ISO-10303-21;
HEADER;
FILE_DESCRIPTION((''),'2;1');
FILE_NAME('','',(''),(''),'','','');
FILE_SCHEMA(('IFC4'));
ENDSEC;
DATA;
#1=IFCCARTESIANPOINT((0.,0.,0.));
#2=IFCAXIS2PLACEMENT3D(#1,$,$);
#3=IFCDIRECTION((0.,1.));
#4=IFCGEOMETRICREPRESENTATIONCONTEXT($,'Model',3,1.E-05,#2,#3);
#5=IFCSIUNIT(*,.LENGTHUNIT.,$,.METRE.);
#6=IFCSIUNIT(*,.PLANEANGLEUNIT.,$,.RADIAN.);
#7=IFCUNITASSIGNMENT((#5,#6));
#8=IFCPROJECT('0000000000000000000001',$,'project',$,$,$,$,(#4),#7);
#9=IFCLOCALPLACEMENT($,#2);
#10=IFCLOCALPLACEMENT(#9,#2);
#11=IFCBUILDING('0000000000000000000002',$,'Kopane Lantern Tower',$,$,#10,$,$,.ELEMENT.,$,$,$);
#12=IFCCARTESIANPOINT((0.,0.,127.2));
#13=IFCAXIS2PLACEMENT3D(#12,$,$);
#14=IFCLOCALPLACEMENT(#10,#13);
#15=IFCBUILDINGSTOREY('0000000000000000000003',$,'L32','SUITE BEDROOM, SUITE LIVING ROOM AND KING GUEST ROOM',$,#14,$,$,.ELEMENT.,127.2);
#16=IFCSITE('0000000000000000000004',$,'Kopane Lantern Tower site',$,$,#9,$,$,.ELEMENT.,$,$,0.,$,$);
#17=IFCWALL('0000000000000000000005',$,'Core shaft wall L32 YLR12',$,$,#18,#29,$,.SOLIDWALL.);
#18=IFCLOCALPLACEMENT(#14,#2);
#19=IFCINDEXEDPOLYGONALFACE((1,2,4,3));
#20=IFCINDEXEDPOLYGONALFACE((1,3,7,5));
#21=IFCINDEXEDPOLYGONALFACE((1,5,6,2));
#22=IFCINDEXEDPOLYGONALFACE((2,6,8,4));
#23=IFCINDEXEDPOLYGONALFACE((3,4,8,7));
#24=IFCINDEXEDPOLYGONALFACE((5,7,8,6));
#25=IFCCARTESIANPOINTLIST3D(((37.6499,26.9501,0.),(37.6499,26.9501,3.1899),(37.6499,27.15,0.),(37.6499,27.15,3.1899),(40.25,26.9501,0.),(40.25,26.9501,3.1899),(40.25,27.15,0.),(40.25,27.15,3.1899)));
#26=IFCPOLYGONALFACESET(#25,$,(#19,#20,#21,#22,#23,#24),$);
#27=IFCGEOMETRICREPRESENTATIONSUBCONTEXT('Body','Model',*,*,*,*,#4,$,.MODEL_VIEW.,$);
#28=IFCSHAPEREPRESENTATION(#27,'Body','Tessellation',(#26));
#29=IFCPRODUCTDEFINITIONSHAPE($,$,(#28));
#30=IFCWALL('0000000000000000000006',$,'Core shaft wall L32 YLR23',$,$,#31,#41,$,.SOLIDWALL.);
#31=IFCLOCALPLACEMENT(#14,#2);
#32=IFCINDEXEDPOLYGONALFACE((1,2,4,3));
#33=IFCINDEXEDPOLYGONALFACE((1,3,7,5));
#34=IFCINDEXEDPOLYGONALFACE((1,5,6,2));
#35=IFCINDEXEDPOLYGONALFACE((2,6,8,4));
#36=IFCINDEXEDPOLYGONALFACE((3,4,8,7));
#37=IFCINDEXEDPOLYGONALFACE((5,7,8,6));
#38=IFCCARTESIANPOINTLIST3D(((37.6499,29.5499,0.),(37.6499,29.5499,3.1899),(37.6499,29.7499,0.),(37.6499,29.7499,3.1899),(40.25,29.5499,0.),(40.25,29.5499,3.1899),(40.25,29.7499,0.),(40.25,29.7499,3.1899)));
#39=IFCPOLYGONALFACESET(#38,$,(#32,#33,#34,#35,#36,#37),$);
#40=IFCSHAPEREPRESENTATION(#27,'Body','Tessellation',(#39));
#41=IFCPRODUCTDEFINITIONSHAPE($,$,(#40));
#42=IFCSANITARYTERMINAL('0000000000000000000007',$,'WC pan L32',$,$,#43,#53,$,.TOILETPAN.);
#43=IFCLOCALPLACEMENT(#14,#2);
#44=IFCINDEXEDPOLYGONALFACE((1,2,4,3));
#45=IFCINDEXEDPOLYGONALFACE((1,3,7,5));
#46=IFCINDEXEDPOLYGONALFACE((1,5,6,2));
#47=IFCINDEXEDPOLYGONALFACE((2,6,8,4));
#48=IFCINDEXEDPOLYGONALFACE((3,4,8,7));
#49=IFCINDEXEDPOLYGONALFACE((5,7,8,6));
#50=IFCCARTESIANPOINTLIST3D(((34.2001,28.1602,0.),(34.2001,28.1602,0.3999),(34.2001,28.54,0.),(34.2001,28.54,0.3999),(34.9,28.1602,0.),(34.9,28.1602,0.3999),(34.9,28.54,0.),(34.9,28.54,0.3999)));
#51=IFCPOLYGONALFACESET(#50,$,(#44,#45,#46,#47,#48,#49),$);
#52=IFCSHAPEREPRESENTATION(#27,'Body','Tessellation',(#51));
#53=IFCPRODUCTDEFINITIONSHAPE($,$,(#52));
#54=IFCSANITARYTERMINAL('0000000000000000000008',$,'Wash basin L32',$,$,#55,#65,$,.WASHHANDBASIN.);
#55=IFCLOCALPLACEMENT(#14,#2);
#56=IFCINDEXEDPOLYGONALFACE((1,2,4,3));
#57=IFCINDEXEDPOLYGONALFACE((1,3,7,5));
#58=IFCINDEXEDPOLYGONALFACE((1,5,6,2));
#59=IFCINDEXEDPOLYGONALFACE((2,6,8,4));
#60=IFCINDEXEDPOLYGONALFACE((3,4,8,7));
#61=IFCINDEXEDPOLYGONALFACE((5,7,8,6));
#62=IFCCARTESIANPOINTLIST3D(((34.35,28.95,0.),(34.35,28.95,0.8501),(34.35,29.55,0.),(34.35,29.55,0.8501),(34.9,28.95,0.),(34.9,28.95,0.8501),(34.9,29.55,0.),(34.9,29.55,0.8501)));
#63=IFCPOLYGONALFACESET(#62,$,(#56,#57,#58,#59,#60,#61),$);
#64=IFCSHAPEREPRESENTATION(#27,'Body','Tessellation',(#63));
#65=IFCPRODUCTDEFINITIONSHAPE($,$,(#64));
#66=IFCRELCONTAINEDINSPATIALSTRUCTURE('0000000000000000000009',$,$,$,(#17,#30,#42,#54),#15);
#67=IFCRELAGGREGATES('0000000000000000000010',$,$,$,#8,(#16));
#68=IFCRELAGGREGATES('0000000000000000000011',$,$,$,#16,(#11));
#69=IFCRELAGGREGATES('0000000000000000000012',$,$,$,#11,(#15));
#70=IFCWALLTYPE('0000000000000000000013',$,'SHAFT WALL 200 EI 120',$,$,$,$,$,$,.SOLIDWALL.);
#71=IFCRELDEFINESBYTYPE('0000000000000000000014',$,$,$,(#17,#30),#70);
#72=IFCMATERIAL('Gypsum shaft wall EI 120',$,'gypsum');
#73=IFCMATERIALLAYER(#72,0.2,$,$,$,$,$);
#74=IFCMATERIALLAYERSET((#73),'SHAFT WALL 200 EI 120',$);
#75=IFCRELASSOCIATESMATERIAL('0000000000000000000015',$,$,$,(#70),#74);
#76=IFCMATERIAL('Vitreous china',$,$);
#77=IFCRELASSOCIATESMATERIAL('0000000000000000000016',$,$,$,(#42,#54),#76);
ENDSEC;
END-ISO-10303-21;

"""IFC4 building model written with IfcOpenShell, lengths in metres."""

from ifc_helpers import new_model, si_unit, direction, frame, frame_2d, origin, origin_2d, place, context, subcontext, project, spatial, rectangle, extrude, material, layer, layer_set, type_object, element, save


model = new_model("IFC4")

# Units and contexts
model_context = context("Model", 3, precision=1e-05, world=origin(), true_north=direction((0.0, 1.0)))
body_context = subcontext(model_context, "Body", "Model", "MODEL_VIEW")
ifc_project = project(units=[si_unit("LENGTHUNIT", "METRE"), si_unit("PLANEANGLEUNIT", "RADIAN")], contexts=[model_context])

# Site, building, storey
site_placement = place(None, origin())
site = spatial("IfcSite", under=ifc_project, at=site_placement, Name="Kopane Lantern Tower site", CompositionType="ELEMENT", RefElevation=0.0)
building_placement = place(site_placement, origin())
building = spatial("IfcBuilding", under=site, at=building_placement, Name="Kopane Lantern Tower", CompositionType="ELEMENT")
storey_placement = place(building_placement, frame((0.0, 0.0, 127.2)))
storey = spatial("IfcBuildingStorey", under=building, at=storey_placement, Name="L32", Description="SUITE BEDROOM, SUITE LIVING ROOM AND KING GUEST ROOM", CompositionType="ELEMENT", Elevation=127.2)

# Walls
ifc_material_1 = material(Name="Gypsum shaft wall EI 120", Category="gypsum")
ifc_layer_1 = layer(ifc_material_1, 0.2)
ifc_layer_set_1 = layer_set([ifc_layer_1], Name="SHAFT WALL 200 EI 120")
wall_type_1 = type_object("IfcWallType", Name="SHAFT WALL 200 EI 120", PredefinedType="SOLIDWALL", material=ifc_layer_set_1)
for number, where, z_axis, x_axis, name in (
    (1, (37.6499, 27.05, 0.0), (0.0, 0.0, 1.0), (1.0, 0.0, 0.0), "Core shaft wall L32 YLR12"),
    (2, (37.6499, 29.6499, 0.0), (0.0, 0.0, 1.0), (1.0, 0.0, 0.0), "Core shaft wall L32 YLR23"),
):
    element("IfcWall", number, at=place(storey_placement, frame(where, z_axis=z_axis, x_axis=x_axis)), inside=storey, type_object=wall_type_1, Name=name, PredefinedType="SOLIDWALL", context=body_context, shape_type="SweptSolid", body=[
        extrude(rectangle(XDim=2.6001, YDim=0.2, at=frame_2d((1.3, 0.0))), origin(), (0.0, 0.0, 1.0), 3.1899),
    ])

# Sanitary terminals
ifc_material_2 = material(Name="Vitreous china")
sanitary_terminal_1_placement = place(storey_placement, frame((34.55, 28.3501, 0.0), z_axis=(0.0, 0.0, 1.0), x_axis=(1.0, 0.0, 0.0)))
element("IfcSanitaryTerminal", 3, at=sanitary_terminal_1_placement, inside=storey, material=ifc_material_2, Name="WC pan L32", PredefinedType="TOILETPAN", context=body_context, shape_type="SweptSolid", body=[
    extrude(rectangle(XDim=0.7, YDim=0.3799, at=origin_2d()), origin(), (0.0, 0.0, 1.0), 0.3999),
])
sanitary_terminal_2_placement = place(storey_placement, frame((34.625, 29.25, 0.0), z_axis=(0.0, 0.0, 1.0), x_axis=(1.0, 0.0, 0.0)))
element("IfcSanitaryTerminal", 4, at=sanitary_terminal_2_placement, inside=storey, material=ifc_material_2, Name="Wash basin L32", PredefinedType="WASHHANDBASIN", context=body_context, shape_type="SweptSolid", body=[
    extrude(rectangle(XDim=0.55, YDim=0.6001, at=origin_2d()), origin(), (0.0, 0.0, 1.0), 0.8501),
])

save(model, "model.ifc")
